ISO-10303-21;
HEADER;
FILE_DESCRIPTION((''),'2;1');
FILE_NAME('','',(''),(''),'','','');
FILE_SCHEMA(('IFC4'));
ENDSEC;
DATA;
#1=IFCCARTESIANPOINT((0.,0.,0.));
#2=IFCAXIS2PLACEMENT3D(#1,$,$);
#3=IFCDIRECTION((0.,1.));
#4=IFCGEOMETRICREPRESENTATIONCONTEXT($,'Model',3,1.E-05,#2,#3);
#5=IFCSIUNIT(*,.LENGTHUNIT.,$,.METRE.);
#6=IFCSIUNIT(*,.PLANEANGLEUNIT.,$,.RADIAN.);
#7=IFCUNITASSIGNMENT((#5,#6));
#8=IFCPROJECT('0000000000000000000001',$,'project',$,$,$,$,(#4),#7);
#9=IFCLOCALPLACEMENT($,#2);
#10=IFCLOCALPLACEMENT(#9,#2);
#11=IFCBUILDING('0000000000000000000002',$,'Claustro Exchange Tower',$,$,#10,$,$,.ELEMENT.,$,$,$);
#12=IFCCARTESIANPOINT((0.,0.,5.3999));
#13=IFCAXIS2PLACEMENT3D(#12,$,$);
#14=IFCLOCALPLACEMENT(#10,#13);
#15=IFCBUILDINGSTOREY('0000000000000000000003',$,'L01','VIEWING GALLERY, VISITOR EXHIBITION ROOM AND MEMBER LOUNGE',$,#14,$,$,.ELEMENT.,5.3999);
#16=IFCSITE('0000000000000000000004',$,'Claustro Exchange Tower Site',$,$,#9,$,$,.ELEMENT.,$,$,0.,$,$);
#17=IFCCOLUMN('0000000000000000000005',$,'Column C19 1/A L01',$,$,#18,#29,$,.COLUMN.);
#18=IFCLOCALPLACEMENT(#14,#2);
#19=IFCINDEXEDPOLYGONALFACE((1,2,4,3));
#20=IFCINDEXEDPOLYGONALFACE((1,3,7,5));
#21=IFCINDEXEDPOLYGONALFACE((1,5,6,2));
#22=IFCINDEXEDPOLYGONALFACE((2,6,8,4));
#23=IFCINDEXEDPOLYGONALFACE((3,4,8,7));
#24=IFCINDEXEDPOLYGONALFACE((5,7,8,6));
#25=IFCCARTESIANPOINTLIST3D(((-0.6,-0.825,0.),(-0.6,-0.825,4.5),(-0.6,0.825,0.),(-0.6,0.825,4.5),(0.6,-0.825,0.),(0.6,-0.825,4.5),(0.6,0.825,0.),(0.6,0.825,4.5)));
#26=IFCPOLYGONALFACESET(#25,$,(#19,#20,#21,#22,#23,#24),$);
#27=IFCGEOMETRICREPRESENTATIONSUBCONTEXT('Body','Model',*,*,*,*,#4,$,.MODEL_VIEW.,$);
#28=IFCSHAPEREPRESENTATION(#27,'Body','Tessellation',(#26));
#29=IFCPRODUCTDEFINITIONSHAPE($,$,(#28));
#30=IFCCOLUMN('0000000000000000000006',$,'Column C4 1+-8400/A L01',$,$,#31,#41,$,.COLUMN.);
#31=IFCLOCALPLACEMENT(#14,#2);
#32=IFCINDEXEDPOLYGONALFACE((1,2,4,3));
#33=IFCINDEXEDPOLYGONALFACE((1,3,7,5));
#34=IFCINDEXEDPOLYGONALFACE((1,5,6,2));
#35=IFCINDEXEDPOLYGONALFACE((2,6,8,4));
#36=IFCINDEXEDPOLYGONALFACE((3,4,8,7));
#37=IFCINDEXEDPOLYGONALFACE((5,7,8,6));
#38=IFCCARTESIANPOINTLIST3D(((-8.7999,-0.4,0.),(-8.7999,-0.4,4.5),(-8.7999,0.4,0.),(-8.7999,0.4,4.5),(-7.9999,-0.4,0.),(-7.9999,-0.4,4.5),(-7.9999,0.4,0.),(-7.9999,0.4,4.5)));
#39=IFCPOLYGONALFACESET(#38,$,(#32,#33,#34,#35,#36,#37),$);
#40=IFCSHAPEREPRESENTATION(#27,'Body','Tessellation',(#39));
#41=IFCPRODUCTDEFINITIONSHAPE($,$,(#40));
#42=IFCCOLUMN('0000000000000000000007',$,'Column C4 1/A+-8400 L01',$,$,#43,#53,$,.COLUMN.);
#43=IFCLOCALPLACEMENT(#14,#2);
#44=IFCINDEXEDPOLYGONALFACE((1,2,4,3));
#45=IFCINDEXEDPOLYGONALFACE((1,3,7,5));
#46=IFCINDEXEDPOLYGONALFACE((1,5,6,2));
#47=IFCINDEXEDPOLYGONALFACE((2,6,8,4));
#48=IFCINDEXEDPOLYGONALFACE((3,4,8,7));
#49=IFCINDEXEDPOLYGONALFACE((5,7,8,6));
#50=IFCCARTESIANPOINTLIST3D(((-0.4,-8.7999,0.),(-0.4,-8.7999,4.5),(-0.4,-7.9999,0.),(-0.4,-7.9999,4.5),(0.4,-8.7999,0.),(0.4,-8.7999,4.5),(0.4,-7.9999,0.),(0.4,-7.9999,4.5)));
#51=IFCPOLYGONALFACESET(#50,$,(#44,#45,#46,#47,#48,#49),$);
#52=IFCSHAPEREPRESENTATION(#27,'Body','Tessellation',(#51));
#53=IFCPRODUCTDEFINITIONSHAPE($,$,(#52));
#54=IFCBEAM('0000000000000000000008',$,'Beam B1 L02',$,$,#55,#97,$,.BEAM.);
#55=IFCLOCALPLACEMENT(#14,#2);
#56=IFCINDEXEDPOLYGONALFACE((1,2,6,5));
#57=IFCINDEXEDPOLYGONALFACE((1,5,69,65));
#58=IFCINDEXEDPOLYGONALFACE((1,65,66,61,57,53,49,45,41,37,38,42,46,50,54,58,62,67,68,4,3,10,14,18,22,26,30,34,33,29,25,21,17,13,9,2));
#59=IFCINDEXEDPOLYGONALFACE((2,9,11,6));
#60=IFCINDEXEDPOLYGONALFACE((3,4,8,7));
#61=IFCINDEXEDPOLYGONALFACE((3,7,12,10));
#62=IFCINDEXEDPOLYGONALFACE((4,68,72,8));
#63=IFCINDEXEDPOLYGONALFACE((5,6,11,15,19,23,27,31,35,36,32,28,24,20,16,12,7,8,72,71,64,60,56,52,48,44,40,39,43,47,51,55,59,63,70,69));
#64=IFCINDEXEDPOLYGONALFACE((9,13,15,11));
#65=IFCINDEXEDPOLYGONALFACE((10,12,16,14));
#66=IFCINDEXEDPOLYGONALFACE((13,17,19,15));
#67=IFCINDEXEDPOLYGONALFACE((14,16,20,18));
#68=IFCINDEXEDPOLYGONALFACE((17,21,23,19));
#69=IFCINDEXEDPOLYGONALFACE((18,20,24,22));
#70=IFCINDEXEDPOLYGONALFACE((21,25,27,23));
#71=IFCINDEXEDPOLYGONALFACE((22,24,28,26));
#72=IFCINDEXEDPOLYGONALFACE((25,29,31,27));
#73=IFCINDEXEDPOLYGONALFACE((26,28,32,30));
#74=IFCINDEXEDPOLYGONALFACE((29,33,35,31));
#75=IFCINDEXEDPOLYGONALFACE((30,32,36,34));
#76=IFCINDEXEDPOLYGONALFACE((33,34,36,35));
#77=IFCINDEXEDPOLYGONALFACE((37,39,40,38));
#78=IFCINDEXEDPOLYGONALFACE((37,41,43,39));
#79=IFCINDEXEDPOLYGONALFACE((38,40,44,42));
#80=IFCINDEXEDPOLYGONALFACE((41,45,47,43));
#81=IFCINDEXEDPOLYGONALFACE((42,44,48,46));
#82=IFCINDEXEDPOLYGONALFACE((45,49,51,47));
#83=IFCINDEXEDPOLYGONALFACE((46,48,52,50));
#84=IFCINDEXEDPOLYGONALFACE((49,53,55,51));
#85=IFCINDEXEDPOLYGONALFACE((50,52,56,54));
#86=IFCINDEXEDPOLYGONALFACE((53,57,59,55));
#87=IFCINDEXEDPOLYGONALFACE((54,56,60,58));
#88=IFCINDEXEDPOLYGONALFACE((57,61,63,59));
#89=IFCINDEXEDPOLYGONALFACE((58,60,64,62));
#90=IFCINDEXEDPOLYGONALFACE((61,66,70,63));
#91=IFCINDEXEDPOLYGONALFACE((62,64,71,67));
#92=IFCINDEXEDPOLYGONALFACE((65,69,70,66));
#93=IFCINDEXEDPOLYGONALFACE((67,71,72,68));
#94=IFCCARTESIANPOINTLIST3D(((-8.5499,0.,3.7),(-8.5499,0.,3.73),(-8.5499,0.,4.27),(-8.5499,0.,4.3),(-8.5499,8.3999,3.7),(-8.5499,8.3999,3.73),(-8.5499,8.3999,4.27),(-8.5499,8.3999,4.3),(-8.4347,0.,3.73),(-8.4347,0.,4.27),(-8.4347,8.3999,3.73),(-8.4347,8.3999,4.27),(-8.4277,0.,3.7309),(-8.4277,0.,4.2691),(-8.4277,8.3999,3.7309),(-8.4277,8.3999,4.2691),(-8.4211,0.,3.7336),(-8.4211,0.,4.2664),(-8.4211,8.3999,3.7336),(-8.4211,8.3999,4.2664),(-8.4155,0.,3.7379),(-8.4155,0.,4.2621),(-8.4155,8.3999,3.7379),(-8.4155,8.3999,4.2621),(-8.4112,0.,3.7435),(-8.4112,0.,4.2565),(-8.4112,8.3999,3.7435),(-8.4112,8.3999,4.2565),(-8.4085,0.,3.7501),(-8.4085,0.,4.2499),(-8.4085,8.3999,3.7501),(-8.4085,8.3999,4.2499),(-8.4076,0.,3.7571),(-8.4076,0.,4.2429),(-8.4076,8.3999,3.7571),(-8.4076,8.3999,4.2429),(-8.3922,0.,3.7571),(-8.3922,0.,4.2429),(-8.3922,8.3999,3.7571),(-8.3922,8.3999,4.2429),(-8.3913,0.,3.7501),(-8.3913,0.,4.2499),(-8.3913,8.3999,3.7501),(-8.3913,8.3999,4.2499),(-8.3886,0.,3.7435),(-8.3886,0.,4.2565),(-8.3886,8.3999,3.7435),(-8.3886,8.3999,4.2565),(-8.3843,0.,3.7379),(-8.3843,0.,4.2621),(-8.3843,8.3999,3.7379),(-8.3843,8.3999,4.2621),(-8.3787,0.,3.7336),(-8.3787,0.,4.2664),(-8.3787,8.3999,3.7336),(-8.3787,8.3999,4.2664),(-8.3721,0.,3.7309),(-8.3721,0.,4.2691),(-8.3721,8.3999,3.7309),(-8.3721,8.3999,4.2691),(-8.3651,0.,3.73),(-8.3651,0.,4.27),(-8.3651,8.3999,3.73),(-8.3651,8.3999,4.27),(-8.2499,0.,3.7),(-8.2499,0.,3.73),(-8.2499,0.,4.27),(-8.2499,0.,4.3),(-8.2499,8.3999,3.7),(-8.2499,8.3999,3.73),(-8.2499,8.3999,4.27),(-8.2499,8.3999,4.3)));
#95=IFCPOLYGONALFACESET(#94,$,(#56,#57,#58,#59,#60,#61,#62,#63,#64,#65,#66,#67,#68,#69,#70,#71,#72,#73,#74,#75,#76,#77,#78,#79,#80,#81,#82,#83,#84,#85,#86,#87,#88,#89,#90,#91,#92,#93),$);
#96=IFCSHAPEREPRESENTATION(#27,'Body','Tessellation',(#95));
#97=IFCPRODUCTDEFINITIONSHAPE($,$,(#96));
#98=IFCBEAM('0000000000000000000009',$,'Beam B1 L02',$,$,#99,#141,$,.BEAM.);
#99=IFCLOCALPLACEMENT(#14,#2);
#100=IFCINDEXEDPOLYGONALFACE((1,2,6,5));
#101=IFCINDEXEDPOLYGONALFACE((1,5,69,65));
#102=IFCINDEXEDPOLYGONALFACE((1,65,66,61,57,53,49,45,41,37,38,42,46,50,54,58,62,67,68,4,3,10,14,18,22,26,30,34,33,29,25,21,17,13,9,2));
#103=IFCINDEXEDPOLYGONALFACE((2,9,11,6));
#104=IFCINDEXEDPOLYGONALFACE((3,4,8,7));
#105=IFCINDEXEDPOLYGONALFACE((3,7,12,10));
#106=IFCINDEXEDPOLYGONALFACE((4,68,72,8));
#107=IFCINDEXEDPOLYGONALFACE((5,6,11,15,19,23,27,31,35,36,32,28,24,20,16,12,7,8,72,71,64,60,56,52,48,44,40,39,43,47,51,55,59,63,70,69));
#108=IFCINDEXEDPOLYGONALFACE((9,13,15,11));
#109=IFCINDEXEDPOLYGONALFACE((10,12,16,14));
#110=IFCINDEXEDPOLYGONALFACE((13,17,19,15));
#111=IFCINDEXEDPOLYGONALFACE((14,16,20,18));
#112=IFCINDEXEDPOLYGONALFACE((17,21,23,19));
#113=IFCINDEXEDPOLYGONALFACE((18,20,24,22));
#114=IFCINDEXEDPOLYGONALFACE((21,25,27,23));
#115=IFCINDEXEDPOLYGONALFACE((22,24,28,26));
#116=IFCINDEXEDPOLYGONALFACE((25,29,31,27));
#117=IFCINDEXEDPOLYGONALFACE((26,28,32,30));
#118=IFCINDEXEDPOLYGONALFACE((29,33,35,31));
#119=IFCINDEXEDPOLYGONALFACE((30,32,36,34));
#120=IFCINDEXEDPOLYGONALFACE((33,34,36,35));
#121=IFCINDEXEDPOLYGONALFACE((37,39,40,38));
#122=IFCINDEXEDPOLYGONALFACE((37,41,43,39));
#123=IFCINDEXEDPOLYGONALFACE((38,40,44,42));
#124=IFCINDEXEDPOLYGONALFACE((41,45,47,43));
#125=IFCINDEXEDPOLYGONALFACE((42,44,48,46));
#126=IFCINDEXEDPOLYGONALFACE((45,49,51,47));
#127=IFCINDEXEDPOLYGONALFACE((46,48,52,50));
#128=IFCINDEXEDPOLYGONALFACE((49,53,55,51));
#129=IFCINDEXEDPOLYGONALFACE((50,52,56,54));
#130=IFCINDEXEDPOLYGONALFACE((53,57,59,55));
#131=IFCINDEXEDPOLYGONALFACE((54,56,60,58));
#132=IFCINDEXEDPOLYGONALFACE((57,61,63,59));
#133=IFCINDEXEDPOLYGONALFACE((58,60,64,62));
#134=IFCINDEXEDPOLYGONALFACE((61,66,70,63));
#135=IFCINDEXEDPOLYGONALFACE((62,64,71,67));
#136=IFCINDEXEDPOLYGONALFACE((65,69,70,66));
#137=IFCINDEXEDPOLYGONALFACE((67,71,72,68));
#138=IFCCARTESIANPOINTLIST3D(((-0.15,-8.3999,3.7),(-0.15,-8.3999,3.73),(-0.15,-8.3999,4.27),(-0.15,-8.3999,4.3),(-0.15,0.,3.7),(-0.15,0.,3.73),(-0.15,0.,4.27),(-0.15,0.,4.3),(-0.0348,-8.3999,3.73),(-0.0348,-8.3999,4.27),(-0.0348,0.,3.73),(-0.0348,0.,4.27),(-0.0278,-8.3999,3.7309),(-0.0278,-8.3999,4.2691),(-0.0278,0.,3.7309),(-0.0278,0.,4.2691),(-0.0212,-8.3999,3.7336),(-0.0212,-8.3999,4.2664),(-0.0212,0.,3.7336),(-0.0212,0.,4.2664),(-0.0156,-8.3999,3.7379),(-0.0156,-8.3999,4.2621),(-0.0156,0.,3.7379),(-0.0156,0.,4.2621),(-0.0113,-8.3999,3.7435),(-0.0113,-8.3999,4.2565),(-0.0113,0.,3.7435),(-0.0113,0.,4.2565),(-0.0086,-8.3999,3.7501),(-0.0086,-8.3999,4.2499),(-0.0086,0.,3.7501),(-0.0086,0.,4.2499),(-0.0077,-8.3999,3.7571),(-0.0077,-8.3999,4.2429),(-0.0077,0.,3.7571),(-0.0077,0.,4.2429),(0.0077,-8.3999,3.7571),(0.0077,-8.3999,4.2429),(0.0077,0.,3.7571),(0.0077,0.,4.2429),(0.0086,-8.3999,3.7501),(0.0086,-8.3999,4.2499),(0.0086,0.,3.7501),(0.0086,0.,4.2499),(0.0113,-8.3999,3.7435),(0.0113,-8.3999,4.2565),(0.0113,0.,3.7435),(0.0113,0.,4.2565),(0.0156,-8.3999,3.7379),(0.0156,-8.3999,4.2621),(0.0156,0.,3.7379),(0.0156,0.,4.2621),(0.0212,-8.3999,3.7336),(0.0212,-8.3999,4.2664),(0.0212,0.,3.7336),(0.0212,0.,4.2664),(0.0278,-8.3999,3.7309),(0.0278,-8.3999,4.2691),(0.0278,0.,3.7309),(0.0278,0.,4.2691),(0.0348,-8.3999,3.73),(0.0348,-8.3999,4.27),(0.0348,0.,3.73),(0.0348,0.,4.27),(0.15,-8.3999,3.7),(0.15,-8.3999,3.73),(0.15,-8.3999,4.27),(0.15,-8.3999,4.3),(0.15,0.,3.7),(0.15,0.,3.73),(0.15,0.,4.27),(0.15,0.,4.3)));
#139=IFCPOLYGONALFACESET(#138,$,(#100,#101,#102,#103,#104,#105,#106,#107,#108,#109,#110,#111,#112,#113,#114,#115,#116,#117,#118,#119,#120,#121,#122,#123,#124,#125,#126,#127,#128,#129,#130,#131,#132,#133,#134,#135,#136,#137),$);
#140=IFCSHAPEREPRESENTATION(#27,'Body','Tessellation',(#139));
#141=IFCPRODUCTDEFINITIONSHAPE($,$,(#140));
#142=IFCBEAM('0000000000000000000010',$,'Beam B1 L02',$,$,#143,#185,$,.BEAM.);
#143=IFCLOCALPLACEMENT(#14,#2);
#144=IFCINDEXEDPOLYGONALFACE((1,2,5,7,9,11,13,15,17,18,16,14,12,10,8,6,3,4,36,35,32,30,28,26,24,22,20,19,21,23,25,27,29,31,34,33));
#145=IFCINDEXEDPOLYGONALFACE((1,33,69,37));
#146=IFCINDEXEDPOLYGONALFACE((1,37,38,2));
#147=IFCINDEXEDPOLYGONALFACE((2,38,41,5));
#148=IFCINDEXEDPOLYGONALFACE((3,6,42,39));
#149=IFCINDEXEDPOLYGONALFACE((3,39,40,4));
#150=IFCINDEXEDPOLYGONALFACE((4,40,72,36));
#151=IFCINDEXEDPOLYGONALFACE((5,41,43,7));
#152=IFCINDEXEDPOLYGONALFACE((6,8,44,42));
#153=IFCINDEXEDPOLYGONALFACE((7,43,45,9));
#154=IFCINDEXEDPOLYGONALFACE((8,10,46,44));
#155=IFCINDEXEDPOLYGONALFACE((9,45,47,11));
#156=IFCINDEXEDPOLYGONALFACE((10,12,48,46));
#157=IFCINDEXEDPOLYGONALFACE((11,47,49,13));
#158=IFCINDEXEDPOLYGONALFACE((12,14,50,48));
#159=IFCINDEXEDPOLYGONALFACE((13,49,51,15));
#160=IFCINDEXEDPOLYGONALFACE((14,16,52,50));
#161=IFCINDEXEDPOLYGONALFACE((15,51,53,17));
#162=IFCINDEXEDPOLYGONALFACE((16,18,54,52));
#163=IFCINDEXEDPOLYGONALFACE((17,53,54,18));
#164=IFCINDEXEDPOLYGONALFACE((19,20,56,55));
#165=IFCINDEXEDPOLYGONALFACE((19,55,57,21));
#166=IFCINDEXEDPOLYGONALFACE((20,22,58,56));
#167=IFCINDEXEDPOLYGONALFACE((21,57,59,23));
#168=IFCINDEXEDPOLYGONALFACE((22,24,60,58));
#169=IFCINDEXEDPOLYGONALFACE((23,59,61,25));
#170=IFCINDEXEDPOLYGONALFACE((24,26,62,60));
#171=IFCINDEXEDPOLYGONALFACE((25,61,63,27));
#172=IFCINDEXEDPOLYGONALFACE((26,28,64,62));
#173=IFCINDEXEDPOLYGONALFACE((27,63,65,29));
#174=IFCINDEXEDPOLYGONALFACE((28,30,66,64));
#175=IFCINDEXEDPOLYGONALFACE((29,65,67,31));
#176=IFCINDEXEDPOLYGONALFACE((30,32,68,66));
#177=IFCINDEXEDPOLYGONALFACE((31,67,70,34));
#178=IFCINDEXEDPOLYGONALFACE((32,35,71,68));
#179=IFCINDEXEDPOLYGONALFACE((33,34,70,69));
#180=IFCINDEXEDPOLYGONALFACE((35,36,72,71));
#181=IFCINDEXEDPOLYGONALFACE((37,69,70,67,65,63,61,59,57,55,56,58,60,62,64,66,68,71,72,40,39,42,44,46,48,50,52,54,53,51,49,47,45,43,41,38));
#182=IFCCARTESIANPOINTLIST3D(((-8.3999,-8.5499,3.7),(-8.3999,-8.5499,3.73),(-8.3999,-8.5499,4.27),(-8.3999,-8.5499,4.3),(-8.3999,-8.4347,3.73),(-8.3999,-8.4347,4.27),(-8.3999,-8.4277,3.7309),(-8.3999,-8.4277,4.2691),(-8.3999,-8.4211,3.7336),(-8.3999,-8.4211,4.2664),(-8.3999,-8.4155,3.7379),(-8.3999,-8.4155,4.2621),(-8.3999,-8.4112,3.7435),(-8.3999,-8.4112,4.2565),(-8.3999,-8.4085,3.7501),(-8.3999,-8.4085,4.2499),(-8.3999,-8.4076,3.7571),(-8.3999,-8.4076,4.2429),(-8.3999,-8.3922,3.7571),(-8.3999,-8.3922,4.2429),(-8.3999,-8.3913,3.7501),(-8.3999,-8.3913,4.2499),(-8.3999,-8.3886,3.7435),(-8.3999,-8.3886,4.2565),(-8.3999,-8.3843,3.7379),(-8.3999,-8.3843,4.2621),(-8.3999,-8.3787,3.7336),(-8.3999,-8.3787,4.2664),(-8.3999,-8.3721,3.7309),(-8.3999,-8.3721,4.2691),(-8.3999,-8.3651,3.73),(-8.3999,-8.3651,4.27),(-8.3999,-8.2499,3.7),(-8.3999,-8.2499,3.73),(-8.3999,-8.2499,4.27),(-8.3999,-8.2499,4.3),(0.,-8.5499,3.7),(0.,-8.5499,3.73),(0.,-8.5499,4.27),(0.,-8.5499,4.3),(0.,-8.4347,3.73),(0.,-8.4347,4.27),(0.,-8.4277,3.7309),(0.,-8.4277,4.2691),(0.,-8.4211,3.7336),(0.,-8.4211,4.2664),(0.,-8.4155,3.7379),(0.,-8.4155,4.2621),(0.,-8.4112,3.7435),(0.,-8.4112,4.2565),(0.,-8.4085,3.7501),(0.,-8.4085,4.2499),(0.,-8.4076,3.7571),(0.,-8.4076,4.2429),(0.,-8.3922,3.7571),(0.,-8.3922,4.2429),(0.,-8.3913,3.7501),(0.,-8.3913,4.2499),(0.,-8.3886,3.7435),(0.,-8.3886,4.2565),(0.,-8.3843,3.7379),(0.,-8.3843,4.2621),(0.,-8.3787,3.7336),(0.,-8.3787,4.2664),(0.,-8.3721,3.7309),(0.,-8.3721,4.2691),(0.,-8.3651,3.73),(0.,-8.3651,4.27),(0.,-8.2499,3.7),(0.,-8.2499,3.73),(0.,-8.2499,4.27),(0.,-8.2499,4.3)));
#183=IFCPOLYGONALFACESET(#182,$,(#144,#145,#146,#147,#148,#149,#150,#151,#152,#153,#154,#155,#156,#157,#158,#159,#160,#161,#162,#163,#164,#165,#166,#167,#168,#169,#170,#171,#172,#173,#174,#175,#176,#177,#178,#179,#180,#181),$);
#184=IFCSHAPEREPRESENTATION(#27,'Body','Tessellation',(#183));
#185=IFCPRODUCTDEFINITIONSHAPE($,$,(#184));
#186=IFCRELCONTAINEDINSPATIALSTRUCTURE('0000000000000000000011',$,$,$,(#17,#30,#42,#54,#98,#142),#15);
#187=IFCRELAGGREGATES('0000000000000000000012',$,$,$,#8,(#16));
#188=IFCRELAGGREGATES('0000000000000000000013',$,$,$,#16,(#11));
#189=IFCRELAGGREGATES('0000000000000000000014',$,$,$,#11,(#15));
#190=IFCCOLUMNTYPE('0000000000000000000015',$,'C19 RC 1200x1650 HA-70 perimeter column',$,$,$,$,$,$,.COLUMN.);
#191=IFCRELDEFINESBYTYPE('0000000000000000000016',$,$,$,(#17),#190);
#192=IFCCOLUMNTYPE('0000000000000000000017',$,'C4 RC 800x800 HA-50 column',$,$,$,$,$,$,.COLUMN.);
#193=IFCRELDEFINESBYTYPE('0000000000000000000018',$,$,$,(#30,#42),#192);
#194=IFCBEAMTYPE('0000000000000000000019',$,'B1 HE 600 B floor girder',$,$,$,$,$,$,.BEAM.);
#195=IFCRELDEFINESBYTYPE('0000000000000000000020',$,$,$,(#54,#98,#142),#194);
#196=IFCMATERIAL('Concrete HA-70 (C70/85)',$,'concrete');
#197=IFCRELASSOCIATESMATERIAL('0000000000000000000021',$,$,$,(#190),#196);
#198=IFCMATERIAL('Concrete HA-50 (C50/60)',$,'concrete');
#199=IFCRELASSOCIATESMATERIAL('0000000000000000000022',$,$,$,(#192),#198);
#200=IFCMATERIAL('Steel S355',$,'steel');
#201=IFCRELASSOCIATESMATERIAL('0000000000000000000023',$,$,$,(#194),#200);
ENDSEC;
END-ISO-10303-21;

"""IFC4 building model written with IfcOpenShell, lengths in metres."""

from ifc_helpers import new_model, si_unit, direction, frame, origin, origin_with_axes, origin_2d, place, context, subcontext, project, spatial, rectangle, i_section, extrude, material, material_profile, profile_set, type_object, element, save


model = new_model("IFC4")

# Units and contexts
model_context = context("Model", 3, precision=1e-05, world=origin(), true_north=direction((0.0, 1.0)))
body_context = subcontext(model_context, "Body", "Model", "MODEL_VIEW")
ifc_project = project(units=[si_unit("LENGTHUNIT", "METRE"), si_unit("PLANEANGLEUNIT", "RADIAN")], contexts=[model_context])

# Site, building, storey
site_placement = place(None, origin())
site = spatial("IfcSite", under=ifc_project, at=site_placement, Name="Claustro Exchange Tower Site", CompositionType="ELEMENT", RefElevation=0.0)
building_placement = place(site_placement, origin())
building = spatial("IfcBuilding", under=site, at=building_placement, Name="Claustro Exchange Tower", CompositionType="ELEMENT")
storey_placement = place(building_placement, frame((0.0, 0.0, 5.3999)))
storey = spatial("IfcBuildingStorey", under=building, at=storey_placement, Name="L01", Description="VIEWING GALLERY, VISITOR EXHIBITION ROOM AND MEMBER LOUNGE", CompositionType="ELEMENT", Elevation=5.3999)

# Columns
ifc_material_1 = material(Name="Concrete HA-70 (C70/85)", Category="concrete")
ifc_material_profile_1 = material_profile(ifc_material_1, rectangle(XDim=1.2, YDim=1.6499, at=origin_2d()), Name="RC 1200x1650")
ifc_profile_set_1 = profile_set([ifc_material_profile_1], Name="Concrete HA-70 (C70/85)")
column_type_1 = type_object("IfcColumnType", Name="C19 RC 1200x1650 HA-70 perimeter column", PredefinedType="COLUMN", material=ifc_profile_set_1)
column_placement = place(storey_placement, origin_with_axes())
element("IfcColumn", 1, at=column_placement, inside=storey, type_object=column_type_1, Name="Column C19 1/A L01", PredefinedType="COLUMN", context=body_context, shape_type="SweptSolid", body=[
    extrude(rectangle(XDim=1.2, YDim=1.6499, at=origin_2d()), origin(), (0.0, 0.0, 1.0), 4.5),
])
ifc_material_2 = material(Name="Concrete HA-50 (C50/60)", Category="concrete")
ifc_material_profile_2 = material_profile(ifc_material_2, rectangle(XDim=0.8, YDim=0.8, at=origin_2d()), Name="RC 800x800")
ifc_profile_set_2 = profile_set([ifc_material_profile_2], Name="Concrete HA-50 (C50/60)")
column_type_2 = type_object("IfcColumnType", Name="C4 RC 800x800 HA-50 column", PredefinedType="COLUMN", material=ifc_profile_set_2)
for number, where, z_axis, x_axis, name in (
    (2, (-8.3999, 0.0, 0.0), (0.0, 0.0, 1.0), (1.0, 0.0, 0.0), "Column C4 1+-8400/A L01"),
    (3, (0.0, -8.3999, 0.0), (0.0, 0.0, 1.0), (1.0, 0.0, 0.0), "Column C4 1/A+-8400 L01"),
):
    element("IfcColumn", number, at=place(storey_placement, frame(where, z_axis=z_axis, x_axis=x_axis)), inside=storey, type_object=column_type_2, Name=name, PredefinedType="COLUMN", context=body_context, shape_type="SweptSolid", body=[
        extrude(rectangle(XDim=0.8, YDim=0.8, at=origin_2d()), origin(), (0.0, 0.0, 1.0), 4.5),
    ])

# Beams
ifc_material_3 = material(Name="Steel S355", Category="steel")
ifc_material_profile_3 = material_profile(ifc_material_3, i_section(OverallWidth=0.3, OverallDepth=0.6001, WebThickness=0.0154, FlangeThickness=0.03, FilletRadius=0.0271, at=origin_2d()), Name="HE 600 B")
ifc_profile_set_3 = profile_set([ifc_material_profile_3], Name="Steel S355")
beam_type_1 = type_object("IfcBeamType", Name="B1 HE 600 B floor girder", PredefinedType="BEAM", material=ifc_profile_set_3)
for number, where, z_axis, x_axis, name in (
    (4, (-8.3999, 0.0, 4.0), (0.0, 1.0, 0.0), (-1.0, 0.0, 0.0), "Beam B1 L02"),
    (5, (0.0, -8.3999, 4.0), (0.0, 1.0, 0.0), (-1.0, 0.0, 0.0), "Beam B1 L02"),
    (6, (-8.3999, -8.3999, 4.0), (1.0, 0.0, 0.0), (0.0, 1.0, 0.0), "Beam B1 L02"),
):
    element("IfcBeam", number, at=place(storey_placement, frame(where, z_axis=z_axis, x_axis=x_axis)), inside=storey, type_object=beam_type_1, Name=name, PredefinedType="BEAM", context=body_context, shape_type="SweptSolid", body=[
        extrude(i_section(OverallWidth=0.3, OverallDepth=0.6001, WebThickness=0.0154, FlangeThickness=0.03, FilletRadius=0.0271, at=origin_2d()), origin(), (0.0, 0.0, 1.0), 8.3999),
    ])

save(model, "model.ifc")
